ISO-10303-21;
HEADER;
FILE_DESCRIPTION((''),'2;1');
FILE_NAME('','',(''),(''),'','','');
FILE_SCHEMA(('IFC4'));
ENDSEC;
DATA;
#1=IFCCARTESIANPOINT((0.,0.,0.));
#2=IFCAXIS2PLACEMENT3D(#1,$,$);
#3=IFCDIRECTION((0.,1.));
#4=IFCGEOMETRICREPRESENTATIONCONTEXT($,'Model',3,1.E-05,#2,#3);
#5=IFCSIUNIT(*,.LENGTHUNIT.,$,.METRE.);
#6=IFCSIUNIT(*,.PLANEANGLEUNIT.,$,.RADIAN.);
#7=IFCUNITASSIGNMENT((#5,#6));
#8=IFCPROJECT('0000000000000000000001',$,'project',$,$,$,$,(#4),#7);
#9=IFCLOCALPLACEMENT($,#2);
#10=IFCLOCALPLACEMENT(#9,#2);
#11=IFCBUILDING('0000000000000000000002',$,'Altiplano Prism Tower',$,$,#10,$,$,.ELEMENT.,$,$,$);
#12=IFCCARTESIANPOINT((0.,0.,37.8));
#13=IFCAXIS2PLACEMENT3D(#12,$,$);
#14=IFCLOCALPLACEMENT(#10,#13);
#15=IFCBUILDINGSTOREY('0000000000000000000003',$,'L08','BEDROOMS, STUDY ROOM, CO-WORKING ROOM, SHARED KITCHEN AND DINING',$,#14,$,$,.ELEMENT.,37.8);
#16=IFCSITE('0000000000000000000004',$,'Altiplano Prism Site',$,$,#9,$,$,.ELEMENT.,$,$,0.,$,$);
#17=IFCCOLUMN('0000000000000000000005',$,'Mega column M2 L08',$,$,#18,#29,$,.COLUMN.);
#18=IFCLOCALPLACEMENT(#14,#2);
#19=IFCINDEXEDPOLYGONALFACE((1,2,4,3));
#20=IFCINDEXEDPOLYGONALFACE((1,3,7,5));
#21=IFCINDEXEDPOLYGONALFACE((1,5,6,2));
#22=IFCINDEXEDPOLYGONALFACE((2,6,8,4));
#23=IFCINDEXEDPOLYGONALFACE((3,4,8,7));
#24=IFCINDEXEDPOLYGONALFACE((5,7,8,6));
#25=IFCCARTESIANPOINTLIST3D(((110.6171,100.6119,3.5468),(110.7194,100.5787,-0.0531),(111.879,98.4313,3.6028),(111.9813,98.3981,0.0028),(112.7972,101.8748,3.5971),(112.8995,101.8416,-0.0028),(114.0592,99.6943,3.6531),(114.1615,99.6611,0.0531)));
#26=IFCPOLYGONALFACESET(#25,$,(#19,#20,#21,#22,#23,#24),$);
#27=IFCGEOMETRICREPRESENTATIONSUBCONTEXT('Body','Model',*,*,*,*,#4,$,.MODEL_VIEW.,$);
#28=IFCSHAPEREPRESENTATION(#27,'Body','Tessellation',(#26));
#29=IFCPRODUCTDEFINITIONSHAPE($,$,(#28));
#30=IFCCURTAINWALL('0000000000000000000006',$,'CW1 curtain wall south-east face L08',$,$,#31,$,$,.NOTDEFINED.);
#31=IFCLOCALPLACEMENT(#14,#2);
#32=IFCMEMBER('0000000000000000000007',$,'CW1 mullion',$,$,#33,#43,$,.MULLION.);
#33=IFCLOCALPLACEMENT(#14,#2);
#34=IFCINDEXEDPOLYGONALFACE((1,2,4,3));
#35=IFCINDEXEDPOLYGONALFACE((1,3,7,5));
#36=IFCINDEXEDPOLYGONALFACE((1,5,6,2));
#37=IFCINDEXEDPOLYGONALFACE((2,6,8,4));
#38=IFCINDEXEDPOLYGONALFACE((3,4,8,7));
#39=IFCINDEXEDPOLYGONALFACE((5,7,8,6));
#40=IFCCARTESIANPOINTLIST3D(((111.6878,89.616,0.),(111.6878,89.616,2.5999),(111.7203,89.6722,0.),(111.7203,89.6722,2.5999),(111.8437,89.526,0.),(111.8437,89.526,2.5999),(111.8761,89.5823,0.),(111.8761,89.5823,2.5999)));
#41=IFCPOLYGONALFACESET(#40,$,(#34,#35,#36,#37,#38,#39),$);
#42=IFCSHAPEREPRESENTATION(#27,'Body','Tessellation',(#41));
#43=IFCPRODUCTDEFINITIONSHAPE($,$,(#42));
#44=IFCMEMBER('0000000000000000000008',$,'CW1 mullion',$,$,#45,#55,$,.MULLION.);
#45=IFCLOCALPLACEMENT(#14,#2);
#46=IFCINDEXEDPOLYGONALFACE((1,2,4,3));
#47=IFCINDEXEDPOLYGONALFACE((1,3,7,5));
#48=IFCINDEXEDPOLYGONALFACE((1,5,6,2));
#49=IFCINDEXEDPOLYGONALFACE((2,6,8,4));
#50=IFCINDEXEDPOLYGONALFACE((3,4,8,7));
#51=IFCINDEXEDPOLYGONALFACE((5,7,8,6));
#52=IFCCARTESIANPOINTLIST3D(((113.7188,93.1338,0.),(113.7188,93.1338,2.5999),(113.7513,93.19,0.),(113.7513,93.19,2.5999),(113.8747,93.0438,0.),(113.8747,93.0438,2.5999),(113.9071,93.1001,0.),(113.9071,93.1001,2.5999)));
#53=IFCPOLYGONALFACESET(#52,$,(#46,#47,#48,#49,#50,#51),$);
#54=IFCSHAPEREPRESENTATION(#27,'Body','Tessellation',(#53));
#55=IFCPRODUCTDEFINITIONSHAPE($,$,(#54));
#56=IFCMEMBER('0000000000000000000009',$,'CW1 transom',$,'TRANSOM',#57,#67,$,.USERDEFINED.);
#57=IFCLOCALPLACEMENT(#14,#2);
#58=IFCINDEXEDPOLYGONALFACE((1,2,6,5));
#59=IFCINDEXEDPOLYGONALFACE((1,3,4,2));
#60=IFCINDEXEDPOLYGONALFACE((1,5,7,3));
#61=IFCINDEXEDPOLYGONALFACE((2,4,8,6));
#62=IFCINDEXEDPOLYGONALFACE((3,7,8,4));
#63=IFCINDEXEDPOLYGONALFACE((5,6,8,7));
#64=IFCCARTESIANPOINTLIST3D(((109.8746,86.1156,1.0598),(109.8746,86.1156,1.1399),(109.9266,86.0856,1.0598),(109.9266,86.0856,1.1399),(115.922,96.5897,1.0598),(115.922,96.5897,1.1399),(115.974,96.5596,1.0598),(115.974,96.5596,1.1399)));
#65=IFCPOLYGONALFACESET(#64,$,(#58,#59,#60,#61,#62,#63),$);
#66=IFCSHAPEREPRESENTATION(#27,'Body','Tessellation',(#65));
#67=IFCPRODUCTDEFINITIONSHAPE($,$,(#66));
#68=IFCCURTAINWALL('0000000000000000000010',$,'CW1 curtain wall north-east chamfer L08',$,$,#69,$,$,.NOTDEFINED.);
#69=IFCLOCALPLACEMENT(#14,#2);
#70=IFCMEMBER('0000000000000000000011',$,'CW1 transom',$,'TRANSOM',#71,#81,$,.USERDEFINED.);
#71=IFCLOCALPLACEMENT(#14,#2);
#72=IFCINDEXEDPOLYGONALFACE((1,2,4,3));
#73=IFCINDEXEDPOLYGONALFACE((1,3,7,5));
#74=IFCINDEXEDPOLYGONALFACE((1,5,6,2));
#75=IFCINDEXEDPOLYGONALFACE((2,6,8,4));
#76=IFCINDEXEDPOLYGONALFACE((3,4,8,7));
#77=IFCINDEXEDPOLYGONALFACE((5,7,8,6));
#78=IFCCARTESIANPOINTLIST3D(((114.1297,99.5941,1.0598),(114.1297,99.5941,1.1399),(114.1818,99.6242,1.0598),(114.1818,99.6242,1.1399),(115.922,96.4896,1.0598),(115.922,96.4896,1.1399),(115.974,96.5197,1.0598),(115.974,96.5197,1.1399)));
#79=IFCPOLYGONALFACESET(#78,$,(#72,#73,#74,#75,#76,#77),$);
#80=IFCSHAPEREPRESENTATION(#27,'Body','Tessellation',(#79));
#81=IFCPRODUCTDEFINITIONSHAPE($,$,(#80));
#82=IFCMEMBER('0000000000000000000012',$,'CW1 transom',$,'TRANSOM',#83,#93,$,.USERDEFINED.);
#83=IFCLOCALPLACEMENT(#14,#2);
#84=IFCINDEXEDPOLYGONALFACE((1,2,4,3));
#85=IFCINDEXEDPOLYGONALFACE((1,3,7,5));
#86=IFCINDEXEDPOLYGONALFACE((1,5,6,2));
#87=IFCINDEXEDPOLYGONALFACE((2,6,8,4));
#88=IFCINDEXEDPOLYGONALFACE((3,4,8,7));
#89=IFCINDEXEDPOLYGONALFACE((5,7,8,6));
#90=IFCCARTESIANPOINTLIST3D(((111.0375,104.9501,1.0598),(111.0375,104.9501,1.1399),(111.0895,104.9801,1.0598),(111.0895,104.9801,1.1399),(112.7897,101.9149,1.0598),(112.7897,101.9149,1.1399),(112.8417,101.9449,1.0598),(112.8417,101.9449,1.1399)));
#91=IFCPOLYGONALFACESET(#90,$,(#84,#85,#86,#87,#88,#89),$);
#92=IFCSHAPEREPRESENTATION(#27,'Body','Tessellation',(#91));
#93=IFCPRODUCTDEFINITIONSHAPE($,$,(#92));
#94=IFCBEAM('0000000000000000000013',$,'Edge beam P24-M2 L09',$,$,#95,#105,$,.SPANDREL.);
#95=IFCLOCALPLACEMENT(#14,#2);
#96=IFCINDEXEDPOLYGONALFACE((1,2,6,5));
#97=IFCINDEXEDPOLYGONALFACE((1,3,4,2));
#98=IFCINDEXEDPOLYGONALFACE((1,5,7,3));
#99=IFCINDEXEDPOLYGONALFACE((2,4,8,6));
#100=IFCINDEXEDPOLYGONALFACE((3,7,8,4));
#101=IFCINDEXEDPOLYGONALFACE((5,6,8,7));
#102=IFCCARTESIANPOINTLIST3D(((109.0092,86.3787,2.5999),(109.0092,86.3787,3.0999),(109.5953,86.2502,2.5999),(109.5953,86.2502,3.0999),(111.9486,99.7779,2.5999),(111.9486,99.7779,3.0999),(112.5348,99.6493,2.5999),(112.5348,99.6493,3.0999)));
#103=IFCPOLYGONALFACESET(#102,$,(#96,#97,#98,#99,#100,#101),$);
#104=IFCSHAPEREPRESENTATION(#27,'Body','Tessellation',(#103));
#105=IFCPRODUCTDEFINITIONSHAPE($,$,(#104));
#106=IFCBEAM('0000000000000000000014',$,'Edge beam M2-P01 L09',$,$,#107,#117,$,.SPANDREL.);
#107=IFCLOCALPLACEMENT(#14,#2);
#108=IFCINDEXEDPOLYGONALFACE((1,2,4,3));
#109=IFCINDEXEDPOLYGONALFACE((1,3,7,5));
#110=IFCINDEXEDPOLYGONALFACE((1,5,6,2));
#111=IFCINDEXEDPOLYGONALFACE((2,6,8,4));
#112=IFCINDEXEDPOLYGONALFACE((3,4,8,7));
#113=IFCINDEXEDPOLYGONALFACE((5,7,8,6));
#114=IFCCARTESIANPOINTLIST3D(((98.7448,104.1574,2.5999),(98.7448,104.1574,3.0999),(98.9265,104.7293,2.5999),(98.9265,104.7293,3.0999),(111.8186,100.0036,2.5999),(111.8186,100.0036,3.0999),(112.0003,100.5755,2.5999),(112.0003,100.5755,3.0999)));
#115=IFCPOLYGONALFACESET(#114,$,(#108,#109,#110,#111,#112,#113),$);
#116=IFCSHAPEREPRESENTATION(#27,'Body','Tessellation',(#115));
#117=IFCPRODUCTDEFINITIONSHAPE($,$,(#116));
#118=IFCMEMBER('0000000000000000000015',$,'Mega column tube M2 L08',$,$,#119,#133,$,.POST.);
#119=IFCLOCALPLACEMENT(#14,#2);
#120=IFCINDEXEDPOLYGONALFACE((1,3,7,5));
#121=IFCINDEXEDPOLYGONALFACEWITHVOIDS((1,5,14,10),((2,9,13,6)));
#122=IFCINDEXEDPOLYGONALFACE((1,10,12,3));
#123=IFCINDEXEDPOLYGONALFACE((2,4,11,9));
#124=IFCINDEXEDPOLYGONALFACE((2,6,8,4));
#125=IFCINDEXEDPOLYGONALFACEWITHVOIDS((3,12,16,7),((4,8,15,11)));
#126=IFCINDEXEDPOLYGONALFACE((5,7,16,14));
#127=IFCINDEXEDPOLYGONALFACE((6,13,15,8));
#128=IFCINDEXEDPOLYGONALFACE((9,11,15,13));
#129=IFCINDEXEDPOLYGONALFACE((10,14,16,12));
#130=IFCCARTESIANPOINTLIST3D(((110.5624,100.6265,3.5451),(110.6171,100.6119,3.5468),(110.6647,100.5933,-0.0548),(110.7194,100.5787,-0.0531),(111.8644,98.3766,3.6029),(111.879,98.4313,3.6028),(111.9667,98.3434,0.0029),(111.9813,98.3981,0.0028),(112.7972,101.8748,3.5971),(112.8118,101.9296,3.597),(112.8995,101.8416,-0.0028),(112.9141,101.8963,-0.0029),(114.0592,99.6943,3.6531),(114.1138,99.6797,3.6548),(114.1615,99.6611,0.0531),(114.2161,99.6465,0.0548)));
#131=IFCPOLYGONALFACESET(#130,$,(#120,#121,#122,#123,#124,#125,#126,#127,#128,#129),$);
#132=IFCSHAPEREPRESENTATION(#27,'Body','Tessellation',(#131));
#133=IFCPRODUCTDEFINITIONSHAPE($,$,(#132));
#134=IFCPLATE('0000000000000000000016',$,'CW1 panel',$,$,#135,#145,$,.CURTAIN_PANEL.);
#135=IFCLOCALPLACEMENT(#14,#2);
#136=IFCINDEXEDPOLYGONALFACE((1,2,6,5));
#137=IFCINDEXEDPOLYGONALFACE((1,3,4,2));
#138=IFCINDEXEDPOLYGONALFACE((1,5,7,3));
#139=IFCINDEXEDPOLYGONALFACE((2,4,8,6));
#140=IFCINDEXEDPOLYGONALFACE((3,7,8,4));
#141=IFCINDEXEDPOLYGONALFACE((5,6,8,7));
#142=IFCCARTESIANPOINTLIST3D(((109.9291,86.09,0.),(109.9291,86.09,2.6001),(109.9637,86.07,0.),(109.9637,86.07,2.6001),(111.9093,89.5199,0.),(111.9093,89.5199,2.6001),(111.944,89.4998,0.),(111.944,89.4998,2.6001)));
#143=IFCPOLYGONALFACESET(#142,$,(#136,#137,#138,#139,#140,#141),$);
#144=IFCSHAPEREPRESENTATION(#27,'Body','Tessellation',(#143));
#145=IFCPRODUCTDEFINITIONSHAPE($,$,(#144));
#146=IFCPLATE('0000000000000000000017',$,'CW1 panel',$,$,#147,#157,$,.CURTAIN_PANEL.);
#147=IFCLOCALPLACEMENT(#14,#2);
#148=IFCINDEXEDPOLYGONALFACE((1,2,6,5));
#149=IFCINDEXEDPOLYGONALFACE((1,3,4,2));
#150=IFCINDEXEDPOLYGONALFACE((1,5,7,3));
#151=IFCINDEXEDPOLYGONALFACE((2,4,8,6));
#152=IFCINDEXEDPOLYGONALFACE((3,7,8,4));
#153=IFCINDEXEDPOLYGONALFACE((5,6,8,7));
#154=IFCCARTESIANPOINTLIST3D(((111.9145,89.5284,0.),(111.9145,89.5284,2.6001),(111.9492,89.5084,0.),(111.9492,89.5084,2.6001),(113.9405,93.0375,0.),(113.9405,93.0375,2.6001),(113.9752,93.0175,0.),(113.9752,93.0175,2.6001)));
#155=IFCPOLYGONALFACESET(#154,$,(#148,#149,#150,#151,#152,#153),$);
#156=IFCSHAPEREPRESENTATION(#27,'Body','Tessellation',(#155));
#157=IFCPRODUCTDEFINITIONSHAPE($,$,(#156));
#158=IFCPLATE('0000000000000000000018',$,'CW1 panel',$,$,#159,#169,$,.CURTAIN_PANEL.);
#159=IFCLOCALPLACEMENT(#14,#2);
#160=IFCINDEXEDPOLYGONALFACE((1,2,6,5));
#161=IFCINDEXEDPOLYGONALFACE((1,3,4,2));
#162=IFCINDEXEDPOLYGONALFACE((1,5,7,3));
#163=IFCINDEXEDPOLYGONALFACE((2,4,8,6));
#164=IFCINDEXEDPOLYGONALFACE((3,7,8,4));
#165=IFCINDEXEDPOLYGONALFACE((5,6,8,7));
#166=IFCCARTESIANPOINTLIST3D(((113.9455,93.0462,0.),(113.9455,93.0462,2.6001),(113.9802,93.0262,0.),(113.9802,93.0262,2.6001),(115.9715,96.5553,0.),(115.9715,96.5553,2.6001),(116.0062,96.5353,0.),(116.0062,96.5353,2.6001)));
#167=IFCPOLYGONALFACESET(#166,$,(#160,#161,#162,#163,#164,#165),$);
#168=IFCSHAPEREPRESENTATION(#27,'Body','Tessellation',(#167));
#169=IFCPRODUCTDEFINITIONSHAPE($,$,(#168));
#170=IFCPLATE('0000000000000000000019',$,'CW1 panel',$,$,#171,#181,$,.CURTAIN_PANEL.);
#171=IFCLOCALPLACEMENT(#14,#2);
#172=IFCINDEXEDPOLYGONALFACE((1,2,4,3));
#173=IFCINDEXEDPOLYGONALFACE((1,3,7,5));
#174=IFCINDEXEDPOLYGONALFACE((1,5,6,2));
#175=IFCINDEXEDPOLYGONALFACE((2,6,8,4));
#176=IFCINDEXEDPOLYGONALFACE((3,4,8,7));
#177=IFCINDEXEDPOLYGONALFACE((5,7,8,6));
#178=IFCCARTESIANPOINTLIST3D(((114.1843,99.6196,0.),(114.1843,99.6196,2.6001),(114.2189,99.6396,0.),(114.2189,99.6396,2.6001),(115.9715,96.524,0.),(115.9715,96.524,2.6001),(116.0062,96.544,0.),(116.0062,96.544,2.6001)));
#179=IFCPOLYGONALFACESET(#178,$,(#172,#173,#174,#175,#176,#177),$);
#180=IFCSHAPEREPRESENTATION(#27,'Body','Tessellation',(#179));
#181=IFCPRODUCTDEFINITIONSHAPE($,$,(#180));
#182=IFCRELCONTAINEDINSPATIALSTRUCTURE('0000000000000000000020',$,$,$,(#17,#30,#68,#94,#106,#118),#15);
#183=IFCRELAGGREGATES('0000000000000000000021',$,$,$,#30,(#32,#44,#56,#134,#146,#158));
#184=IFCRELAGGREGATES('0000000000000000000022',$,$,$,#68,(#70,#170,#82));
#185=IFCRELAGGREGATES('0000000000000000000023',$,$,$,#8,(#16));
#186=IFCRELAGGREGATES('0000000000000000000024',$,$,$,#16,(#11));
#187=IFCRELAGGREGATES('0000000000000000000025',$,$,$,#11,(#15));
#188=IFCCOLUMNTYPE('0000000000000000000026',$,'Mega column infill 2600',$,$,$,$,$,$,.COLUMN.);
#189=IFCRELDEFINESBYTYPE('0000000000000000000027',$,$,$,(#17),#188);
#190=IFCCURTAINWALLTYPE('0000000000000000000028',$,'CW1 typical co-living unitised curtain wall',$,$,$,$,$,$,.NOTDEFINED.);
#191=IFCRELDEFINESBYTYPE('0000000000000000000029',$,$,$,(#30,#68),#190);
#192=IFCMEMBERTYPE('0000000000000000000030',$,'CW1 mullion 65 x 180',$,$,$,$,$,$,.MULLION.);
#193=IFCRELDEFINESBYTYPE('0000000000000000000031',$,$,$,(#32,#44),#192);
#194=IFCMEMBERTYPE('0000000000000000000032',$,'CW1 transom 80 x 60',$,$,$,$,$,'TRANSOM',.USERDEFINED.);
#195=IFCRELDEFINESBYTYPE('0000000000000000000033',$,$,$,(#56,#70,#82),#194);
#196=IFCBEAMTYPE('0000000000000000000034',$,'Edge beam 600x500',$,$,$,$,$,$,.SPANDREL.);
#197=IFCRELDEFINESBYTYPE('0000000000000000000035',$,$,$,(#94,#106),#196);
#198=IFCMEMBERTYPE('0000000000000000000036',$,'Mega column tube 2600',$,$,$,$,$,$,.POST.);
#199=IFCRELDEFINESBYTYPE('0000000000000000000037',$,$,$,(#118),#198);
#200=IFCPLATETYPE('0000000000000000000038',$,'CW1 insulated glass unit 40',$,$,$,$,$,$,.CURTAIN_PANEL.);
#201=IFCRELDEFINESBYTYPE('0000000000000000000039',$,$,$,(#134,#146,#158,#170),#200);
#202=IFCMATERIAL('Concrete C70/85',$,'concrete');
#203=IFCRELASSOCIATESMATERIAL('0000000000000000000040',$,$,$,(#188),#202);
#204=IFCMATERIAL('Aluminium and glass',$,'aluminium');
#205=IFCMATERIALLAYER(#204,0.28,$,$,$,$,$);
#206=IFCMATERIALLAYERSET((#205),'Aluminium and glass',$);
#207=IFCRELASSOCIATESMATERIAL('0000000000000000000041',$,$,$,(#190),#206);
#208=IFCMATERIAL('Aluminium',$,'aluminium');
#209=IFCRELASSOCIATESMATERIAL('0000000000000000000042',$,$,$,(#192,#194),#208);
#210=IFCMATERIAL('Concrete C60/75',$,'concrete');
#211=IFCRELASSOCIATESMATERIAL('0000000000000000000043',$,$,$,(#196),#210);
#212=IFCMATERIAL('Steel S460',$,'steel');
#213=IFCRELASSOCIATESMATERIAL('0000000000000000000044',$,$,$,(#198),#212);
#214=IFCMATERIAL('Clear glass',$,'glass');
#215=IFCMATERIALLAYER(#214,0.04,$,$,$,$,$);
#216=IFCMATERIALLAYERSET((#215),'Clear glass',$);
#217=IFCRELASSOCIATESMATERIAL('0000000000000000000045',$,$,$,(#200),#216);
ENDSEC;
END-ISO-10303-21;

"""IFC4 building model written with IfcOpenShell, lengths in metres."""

from ifc_helpers import new_model, si_unit, direction, frame, origin, origin_2d, place, context, subcontext, project, spatial, rectangle, hollow_rectangle, extrude, material, layer, layer_set, material_profile, profile_set, type_object, element, aggregate, save


model = new_model("IFC4")

# Units and contexts
model_context = context("Model", 3, precision=1e-05, world=origin(), true_north=direction((0.0, 1.0)))
body_context = subcontext(model_context, "Body", "Model", "MODEL_VIEW")
ifc_project = project(units=[si_unit("LENGTHUNIT", "METRE"), si_unit("PLANEANGLEUNIT", "RADIAN")], contexts=[model_context])

# Site, building, storey
site_placement = place(None, origin())
site = spatial("IfcSite", under=ifc_project, at=site_placement, Name="Altiplano Prism Site", CompositionType="ELEMENT", RefElevation=0.0)
building_placement = place(site_placement, origin())
building = spatial("IfcBuilding", under=site, at=building_placement, Name="Altiplano Prism Tower", CompositionType="ELEMENT")
storey_placement = place(building_placement, frame((0.0, 0.0, 37.8)))
storey = spatial("IfcBuildingStorey", under=building, at=storey_placement, Name="L08", Description="BEDROOMS, STUDY ROOM, CO-WORKING ROOM, SHARED KITCHEN AND DINING", CompositionType="ELEMENT", Elevation=37.8)

# Column
ifc_material_1 = material(Name="Concrete C70/85", Category="concrete")
ifc_material_profile_1 = material_profile(ifc_material_1, rectangle(XDim=2.52, YDim=2.52, at=origin_2d()), Name="Mega column infill 2600")
ifc_profile_set_1 = profile_set([ifc_material_profile_1], Name="Concrete C70/85")
column_type = type_object("IfcColumnType", Name="Mega column infill 2600", PredefinedType="COLUMN", material=ifc_profile_set_1)
column_placement = place(storey_placement, frame((112.4404, 100.1199, 0.0), z_axis=(-0.028404, 0.009219, 0.999554), x_axis=(0.50076, -0.865301, 0.022211)))
element("IfcColumn", 1, at=column_placement, inside=storey, type_object=column_type, Name="Mega column M2 L08", PredefinedType="COLUMN", context=body_context, shape_type="SweptSolid", body=[
    extrude(rectangle(XDim=2.52, YDim=2.52, at=origin_2d()), origin(), (0.0, 0.0, 1.0), 3.6016),
])

# Curtain walls, members
ifc_material_2 = material(Name="Aluminium and glass", Category="aluminium")
ifc_layer_1 = layer(ifc_material_2, 0.28)
ifc_layer_set_1 = layer_set([ifc_layer_1], Name="Aluminium and glass")
curtain_wall_type = type_object("IfcCurtainWallType", Name="CW1 typical co-living unitised curtain wall", PredefinedType="NOTDEFINED", material=ifc_layer_set_1)
curtain_wall_1_placement = place(storey_placement, origin())
curtain_wall_1 = element("IfcCurtainWall", 2, at=curtain_wall_1_placement, inside=storey, type_object=curtain_wall_type, Name="CW1 curtain wall south-east face L08", PredefinedType="NOTDEFINED")
ifc_material_3 = material(Name="Aluminium", Category="aluminium")
ifc_material_profile_2 = material_profile(ifc_material_3, rectangle(XDim=0.1799, YDim=0.0649, at=origin_2d()), Name="CW1 mullion 65 x 180")
ifc_profile_set_2 = profile_set([ifc_material_profile_2], Name="Aluminium")
member_type_1 = type_object("IfcMemberType", Name="CW1 mullion 65 x 180", PredefinedType="MULLION", material=ifc_profile_set_2)
member_1_placement = place(storey_placement, frame((111.782, 89.5991, 0.0), z_axis=(0.0, 0.0, 1.0), x_axis=(-0.866025, 0.5, 0.0)))
member_1 = element("IfcMember", 3, at=member_1_placement, type_object=member_type_1, Name="CW1 mullion", PredefinedType="MULLION", context=body_context, shape_type="SweptSolid", body=[
    extrude(rectangle(XDim=0.1799, YDim=0.0649, at=origin_2d()), origin(), (0.0, 0.0, 1.0), 2.5999),
])
member_2_placement = place(storey_placement, frame((113.813, 93.1169, 0.0), z_axis=(0.0, 0.0, 1.0), x_axis=(-0.866025, 0.5, 0.0)))
member_2 = element("IfcMember", 4, at=member_2_placement, type_object=member_type_1, Name="CW1 mullion", PredefinedType="MULLION", context=body_context, shape_type="SweptSolid", body=[
    extrude(rectangle(XDim=0.1799, YDim=0.0649, at=origin_2d()), origin(), (0.0, 0.0, 1.0), 2.5999),
])
ifc_material_profile_3 = material_profile(ifc_material_3, rectangle(XDim=0.0601, YDim=0.0801, at=origin_2d()), Name="CW1 transom 80 x 60")
ifc_profile_set_3 = profile_set([ifc_material_profile_3], Name="Aluminium")
member_type_2 = type_object("IfcMemberType", Name="CW1 transom 80 x 60", ElementType="TRANSOM", PredefinedType="USERDEFINED", material=ifc_profile_set_3)
member_3_placement = place(storey_placement, frame((109.9006, 86.1006, 1.0999), z_axis=(0.500008, 0.866021, 0.0), x_axis=(-0.866021, 0.500008, 0.0)))
member_3 = element("IfcMember", 5, at=member_3_placement, type_object=member_type_2, Name="CW1 transom", ObjectType="TRANSOM", PredefinedType="USERDEFINED", context=body_context, shape_type="SweptSolid", body=[
    extrude(rectangle(XDim=0.0601, YDim=0.0801, at=origin_2d()), origin(), (0.0, 0.0, 1.0), 12.0945),
])
curtain_wall_2_placement = place(storey_placement, origin())
curtain_wall_2 = element("IfcCurtainWall", 6, at=curtain_wall_2_placement, inside=storey, type_object=curtain_wall_type, Name="CW1 curtain wall north-east chamfer L08", PredefinedType="NOTDEFINED")
member_4_placement = place(storey_placement, frame((115.948, 96.5046, 1.0999), z_axis=(-0.49997, 0.866043, 0.0), x_axis=(-0.866043, -0.49997, 0.0)))
member_4 = element("IfcMember", 7, at=member_4_placement, type_object=member_type_2, Name="CW1 transom", ObjectType="TRANSOM", PredefinedType="USERDEFINED", context=body_context, shape_type="SweptSolid", body=[
    extrude(rectangle(XDim=0.0601, YDim=0.0801, at=origin_2d()), origin(), (0.0, 0.0, 1.0), 3.5847),
])
member_5_placement = place(storey_placement, frame((112.8157, 101.9299, 1.0999), z_axis=(-0.499968, 0.866044, 0.0), x_axis=(-0.866044, -0.499968, 0.0)))
member_5 = element("IfcMember", 8, at=member_5_placement, type_object=member_type_2, Name="CW1 transom", ObjectType="TRANSOM", PredefinedType="USERDEFINED", context=body_context, shape_type="SweptSolid", body=[
    extrude(rectangle(XDim=0.0601, YDim=0.0801, at=origin_2d()), origin(), (0.0, 0.0, 1.0), 3.5046),
])

# Beams
ifc_material_4 = material(Name="Concrete C60/75", Category="concrete")
ifc_material_profile_4 = material_profile(ifc_material_4, rectangle(XDim=0.6001, YDim=0.5, at=origin_2d()), Name="Edge beam 600x500")
ifc_profile_set_4 = profile_set([ifc_material_profile_4], Name="Concrete C60/75")
beam_type = type_object("IfcBeamType", Name="Edge beam 600x500", PredefinedType="SPANDREL", material=ifc_profile_set_4)
for number, where, z_axis, x_axis, name in (
    (9, (109.3022, 86.3145, 2.8499), (0.21428, 0.976772, 0.0), (-0.976772, 0.21428, 0.0), "Edge beam P24-M2 L09"),
    (10, (111.9094, 100.2896, 2.8499), (-0.953052, 0.302805, 0.0), (-0.302805, -0.953052, 0.0), "Edge beam M2-P01 L09"),
):
    element("IfcBeam", number, at=place(storey_placement, frame(where, z_axis=z_axis, x_axis=x_axis)), inside=storey, type_object=beam_type, Name=name, PredefinedType="SPANDREL", context=body_context, shape_type="SweptSolid", body=[
        extrude(rectangle(XDim=0.6001, YDim=0.5, at=origin_2d()), origin(), (0.0, 0.0, 1.0), 13.7178),
    ])

# Member
ifc_material_5 = material(Name="Steel S460", Category="steel")
ifc_material_profile_5 = material_profile(ifc_material_5, hollow_rectangle(XDim=2.6001, YDim=2.6001, WallThickness=0.04, at=origin_2d()), Name="Mega column tube 2600")
ifc_profile_set_5 = profile_set([ifc_material_profile_5], Name="Steel S460")
member_type_3 = type_object("IfcMemberType", Name="Mega column tube 2600", PredefinedType="POST", material=ifc_profile_set_5)
member_6_placement = place(storey_placement, frame((112.4404, 100.1199, 0.0), z_axis=(-0.028404, 0.009219, 0.999554), x_axis=(0.50076, -0.865301, 0.022211)))
element("IfcMember", 11, at=member_6_placement, inside=storey, type_object=member_type_3, Name="Mega column tube M2 L08", PredefinedType="POST", context=body_context, shape_type="SweptSolid", body=[
    extrude(hollow_rectangle(XDim=2.6001, YDim=2.6001, WallThickness=0.04, at=origin_2d()), origin(), (0.0, 0.0, 1.0), 3.6016),
])

# Plates
ifc_material_6 = material(Name="Clear glass", Category="glass")
ifc_layer_2 = layer(ifc_material_6, 0.04)
ifc_layer_set_2 = layer_set([ifc_layer_2], Name="Clear glass")
plate_type = type_object("IfcPlateType", Name="CW1 insulated glass unit 40", PredefinedType="CURTAIN_PANEL", material=ifc_layer_set_2)
plate_1_placement = place(storey_placement, frame((110.9365, 87.7949, 0.0), z_axis=(0.0, 0.0, 1.0), x_axis=(0.5, 0.866025, 0.0)))
plate_1 = element("IfcPlate", 12, at=plate_1_placement, type_object=plate_type, Name="CW1 panel", PredefinedType="CURTAIN_PANEL", context=body_context, shape_type="SweptSolid", body=[
    extrude(rectangle(XDim=3.9604, YDim=0.04, at=origin_2d()), origin(), (0.0, 0.0, 1.0), 2.6001),
])
plate_2_placement = place(storey_placement, frame((112.9448, 91.2729, 0.0), z_axis=(0.0, 0.0, 1.0), x_axis=(0.5, 0.866025, 0.0)))
plate_2 = element("IfcPlate", 13, at=plate_2_placement, type_object=plate_type, Name="CW1 panel", PredefinedType="CURTAIN_PANEL", context=body_context, shape_type="SweptSolid", body=[
    extrude(rectangle(XDim=4.052, YDim=0.04, at=origin_2d()), origin(), (0.0, 0.0, 1.0), 2.6001),
])
plate_3_placement = place(storey_placement, frame((114.9758, 94.7908, 0.0), z_axis=(0.0, 0.0, 1.0), x_axis=(0.5, 0.866025, 0.0)))
plate_3 = element("IfcPlate", 14, at=plate_3_placement, type_object=plate_type, Name="CW1 panel", PredefinedType="CURTAIN_PANEL", context=body_context, shape_type="SweptSolid", body=[
    extrude(rectangle(XDim=4.052, YDim=0.04, at=origin_2d()), origin(), (0.0, 0.0, 1.0), 2.6001),
])
aggregate(curtain_wall_1, [member_1, member_2, member_3, plate_1, plate_2, plate_3])
plate_4_placement = place(storey_placement, frame((115.0952, 98.0818, 0.0), z_axis=(0.0, 0.0, 1.0), x_axis=(-0.5, 0.866025, 0.0)))
plate_4 = element("IfcPlate", 15, at=plate_4_placement, type_object=plate_type, Name="CW1 panel", PredefinedType="CURTAIN_PANEL", context=body_context, shape_type="SweptSolid", body=[
    extrude(rectangle(XDim=3.5745, YDim=0.04, at=origin_2d()), origin(), (0.0, 0.0, 1.0), 2.6001),
])
aggregate(curtain_wall_2, [member_4, plate_4, member_5])

save(model, "model.ifc")
